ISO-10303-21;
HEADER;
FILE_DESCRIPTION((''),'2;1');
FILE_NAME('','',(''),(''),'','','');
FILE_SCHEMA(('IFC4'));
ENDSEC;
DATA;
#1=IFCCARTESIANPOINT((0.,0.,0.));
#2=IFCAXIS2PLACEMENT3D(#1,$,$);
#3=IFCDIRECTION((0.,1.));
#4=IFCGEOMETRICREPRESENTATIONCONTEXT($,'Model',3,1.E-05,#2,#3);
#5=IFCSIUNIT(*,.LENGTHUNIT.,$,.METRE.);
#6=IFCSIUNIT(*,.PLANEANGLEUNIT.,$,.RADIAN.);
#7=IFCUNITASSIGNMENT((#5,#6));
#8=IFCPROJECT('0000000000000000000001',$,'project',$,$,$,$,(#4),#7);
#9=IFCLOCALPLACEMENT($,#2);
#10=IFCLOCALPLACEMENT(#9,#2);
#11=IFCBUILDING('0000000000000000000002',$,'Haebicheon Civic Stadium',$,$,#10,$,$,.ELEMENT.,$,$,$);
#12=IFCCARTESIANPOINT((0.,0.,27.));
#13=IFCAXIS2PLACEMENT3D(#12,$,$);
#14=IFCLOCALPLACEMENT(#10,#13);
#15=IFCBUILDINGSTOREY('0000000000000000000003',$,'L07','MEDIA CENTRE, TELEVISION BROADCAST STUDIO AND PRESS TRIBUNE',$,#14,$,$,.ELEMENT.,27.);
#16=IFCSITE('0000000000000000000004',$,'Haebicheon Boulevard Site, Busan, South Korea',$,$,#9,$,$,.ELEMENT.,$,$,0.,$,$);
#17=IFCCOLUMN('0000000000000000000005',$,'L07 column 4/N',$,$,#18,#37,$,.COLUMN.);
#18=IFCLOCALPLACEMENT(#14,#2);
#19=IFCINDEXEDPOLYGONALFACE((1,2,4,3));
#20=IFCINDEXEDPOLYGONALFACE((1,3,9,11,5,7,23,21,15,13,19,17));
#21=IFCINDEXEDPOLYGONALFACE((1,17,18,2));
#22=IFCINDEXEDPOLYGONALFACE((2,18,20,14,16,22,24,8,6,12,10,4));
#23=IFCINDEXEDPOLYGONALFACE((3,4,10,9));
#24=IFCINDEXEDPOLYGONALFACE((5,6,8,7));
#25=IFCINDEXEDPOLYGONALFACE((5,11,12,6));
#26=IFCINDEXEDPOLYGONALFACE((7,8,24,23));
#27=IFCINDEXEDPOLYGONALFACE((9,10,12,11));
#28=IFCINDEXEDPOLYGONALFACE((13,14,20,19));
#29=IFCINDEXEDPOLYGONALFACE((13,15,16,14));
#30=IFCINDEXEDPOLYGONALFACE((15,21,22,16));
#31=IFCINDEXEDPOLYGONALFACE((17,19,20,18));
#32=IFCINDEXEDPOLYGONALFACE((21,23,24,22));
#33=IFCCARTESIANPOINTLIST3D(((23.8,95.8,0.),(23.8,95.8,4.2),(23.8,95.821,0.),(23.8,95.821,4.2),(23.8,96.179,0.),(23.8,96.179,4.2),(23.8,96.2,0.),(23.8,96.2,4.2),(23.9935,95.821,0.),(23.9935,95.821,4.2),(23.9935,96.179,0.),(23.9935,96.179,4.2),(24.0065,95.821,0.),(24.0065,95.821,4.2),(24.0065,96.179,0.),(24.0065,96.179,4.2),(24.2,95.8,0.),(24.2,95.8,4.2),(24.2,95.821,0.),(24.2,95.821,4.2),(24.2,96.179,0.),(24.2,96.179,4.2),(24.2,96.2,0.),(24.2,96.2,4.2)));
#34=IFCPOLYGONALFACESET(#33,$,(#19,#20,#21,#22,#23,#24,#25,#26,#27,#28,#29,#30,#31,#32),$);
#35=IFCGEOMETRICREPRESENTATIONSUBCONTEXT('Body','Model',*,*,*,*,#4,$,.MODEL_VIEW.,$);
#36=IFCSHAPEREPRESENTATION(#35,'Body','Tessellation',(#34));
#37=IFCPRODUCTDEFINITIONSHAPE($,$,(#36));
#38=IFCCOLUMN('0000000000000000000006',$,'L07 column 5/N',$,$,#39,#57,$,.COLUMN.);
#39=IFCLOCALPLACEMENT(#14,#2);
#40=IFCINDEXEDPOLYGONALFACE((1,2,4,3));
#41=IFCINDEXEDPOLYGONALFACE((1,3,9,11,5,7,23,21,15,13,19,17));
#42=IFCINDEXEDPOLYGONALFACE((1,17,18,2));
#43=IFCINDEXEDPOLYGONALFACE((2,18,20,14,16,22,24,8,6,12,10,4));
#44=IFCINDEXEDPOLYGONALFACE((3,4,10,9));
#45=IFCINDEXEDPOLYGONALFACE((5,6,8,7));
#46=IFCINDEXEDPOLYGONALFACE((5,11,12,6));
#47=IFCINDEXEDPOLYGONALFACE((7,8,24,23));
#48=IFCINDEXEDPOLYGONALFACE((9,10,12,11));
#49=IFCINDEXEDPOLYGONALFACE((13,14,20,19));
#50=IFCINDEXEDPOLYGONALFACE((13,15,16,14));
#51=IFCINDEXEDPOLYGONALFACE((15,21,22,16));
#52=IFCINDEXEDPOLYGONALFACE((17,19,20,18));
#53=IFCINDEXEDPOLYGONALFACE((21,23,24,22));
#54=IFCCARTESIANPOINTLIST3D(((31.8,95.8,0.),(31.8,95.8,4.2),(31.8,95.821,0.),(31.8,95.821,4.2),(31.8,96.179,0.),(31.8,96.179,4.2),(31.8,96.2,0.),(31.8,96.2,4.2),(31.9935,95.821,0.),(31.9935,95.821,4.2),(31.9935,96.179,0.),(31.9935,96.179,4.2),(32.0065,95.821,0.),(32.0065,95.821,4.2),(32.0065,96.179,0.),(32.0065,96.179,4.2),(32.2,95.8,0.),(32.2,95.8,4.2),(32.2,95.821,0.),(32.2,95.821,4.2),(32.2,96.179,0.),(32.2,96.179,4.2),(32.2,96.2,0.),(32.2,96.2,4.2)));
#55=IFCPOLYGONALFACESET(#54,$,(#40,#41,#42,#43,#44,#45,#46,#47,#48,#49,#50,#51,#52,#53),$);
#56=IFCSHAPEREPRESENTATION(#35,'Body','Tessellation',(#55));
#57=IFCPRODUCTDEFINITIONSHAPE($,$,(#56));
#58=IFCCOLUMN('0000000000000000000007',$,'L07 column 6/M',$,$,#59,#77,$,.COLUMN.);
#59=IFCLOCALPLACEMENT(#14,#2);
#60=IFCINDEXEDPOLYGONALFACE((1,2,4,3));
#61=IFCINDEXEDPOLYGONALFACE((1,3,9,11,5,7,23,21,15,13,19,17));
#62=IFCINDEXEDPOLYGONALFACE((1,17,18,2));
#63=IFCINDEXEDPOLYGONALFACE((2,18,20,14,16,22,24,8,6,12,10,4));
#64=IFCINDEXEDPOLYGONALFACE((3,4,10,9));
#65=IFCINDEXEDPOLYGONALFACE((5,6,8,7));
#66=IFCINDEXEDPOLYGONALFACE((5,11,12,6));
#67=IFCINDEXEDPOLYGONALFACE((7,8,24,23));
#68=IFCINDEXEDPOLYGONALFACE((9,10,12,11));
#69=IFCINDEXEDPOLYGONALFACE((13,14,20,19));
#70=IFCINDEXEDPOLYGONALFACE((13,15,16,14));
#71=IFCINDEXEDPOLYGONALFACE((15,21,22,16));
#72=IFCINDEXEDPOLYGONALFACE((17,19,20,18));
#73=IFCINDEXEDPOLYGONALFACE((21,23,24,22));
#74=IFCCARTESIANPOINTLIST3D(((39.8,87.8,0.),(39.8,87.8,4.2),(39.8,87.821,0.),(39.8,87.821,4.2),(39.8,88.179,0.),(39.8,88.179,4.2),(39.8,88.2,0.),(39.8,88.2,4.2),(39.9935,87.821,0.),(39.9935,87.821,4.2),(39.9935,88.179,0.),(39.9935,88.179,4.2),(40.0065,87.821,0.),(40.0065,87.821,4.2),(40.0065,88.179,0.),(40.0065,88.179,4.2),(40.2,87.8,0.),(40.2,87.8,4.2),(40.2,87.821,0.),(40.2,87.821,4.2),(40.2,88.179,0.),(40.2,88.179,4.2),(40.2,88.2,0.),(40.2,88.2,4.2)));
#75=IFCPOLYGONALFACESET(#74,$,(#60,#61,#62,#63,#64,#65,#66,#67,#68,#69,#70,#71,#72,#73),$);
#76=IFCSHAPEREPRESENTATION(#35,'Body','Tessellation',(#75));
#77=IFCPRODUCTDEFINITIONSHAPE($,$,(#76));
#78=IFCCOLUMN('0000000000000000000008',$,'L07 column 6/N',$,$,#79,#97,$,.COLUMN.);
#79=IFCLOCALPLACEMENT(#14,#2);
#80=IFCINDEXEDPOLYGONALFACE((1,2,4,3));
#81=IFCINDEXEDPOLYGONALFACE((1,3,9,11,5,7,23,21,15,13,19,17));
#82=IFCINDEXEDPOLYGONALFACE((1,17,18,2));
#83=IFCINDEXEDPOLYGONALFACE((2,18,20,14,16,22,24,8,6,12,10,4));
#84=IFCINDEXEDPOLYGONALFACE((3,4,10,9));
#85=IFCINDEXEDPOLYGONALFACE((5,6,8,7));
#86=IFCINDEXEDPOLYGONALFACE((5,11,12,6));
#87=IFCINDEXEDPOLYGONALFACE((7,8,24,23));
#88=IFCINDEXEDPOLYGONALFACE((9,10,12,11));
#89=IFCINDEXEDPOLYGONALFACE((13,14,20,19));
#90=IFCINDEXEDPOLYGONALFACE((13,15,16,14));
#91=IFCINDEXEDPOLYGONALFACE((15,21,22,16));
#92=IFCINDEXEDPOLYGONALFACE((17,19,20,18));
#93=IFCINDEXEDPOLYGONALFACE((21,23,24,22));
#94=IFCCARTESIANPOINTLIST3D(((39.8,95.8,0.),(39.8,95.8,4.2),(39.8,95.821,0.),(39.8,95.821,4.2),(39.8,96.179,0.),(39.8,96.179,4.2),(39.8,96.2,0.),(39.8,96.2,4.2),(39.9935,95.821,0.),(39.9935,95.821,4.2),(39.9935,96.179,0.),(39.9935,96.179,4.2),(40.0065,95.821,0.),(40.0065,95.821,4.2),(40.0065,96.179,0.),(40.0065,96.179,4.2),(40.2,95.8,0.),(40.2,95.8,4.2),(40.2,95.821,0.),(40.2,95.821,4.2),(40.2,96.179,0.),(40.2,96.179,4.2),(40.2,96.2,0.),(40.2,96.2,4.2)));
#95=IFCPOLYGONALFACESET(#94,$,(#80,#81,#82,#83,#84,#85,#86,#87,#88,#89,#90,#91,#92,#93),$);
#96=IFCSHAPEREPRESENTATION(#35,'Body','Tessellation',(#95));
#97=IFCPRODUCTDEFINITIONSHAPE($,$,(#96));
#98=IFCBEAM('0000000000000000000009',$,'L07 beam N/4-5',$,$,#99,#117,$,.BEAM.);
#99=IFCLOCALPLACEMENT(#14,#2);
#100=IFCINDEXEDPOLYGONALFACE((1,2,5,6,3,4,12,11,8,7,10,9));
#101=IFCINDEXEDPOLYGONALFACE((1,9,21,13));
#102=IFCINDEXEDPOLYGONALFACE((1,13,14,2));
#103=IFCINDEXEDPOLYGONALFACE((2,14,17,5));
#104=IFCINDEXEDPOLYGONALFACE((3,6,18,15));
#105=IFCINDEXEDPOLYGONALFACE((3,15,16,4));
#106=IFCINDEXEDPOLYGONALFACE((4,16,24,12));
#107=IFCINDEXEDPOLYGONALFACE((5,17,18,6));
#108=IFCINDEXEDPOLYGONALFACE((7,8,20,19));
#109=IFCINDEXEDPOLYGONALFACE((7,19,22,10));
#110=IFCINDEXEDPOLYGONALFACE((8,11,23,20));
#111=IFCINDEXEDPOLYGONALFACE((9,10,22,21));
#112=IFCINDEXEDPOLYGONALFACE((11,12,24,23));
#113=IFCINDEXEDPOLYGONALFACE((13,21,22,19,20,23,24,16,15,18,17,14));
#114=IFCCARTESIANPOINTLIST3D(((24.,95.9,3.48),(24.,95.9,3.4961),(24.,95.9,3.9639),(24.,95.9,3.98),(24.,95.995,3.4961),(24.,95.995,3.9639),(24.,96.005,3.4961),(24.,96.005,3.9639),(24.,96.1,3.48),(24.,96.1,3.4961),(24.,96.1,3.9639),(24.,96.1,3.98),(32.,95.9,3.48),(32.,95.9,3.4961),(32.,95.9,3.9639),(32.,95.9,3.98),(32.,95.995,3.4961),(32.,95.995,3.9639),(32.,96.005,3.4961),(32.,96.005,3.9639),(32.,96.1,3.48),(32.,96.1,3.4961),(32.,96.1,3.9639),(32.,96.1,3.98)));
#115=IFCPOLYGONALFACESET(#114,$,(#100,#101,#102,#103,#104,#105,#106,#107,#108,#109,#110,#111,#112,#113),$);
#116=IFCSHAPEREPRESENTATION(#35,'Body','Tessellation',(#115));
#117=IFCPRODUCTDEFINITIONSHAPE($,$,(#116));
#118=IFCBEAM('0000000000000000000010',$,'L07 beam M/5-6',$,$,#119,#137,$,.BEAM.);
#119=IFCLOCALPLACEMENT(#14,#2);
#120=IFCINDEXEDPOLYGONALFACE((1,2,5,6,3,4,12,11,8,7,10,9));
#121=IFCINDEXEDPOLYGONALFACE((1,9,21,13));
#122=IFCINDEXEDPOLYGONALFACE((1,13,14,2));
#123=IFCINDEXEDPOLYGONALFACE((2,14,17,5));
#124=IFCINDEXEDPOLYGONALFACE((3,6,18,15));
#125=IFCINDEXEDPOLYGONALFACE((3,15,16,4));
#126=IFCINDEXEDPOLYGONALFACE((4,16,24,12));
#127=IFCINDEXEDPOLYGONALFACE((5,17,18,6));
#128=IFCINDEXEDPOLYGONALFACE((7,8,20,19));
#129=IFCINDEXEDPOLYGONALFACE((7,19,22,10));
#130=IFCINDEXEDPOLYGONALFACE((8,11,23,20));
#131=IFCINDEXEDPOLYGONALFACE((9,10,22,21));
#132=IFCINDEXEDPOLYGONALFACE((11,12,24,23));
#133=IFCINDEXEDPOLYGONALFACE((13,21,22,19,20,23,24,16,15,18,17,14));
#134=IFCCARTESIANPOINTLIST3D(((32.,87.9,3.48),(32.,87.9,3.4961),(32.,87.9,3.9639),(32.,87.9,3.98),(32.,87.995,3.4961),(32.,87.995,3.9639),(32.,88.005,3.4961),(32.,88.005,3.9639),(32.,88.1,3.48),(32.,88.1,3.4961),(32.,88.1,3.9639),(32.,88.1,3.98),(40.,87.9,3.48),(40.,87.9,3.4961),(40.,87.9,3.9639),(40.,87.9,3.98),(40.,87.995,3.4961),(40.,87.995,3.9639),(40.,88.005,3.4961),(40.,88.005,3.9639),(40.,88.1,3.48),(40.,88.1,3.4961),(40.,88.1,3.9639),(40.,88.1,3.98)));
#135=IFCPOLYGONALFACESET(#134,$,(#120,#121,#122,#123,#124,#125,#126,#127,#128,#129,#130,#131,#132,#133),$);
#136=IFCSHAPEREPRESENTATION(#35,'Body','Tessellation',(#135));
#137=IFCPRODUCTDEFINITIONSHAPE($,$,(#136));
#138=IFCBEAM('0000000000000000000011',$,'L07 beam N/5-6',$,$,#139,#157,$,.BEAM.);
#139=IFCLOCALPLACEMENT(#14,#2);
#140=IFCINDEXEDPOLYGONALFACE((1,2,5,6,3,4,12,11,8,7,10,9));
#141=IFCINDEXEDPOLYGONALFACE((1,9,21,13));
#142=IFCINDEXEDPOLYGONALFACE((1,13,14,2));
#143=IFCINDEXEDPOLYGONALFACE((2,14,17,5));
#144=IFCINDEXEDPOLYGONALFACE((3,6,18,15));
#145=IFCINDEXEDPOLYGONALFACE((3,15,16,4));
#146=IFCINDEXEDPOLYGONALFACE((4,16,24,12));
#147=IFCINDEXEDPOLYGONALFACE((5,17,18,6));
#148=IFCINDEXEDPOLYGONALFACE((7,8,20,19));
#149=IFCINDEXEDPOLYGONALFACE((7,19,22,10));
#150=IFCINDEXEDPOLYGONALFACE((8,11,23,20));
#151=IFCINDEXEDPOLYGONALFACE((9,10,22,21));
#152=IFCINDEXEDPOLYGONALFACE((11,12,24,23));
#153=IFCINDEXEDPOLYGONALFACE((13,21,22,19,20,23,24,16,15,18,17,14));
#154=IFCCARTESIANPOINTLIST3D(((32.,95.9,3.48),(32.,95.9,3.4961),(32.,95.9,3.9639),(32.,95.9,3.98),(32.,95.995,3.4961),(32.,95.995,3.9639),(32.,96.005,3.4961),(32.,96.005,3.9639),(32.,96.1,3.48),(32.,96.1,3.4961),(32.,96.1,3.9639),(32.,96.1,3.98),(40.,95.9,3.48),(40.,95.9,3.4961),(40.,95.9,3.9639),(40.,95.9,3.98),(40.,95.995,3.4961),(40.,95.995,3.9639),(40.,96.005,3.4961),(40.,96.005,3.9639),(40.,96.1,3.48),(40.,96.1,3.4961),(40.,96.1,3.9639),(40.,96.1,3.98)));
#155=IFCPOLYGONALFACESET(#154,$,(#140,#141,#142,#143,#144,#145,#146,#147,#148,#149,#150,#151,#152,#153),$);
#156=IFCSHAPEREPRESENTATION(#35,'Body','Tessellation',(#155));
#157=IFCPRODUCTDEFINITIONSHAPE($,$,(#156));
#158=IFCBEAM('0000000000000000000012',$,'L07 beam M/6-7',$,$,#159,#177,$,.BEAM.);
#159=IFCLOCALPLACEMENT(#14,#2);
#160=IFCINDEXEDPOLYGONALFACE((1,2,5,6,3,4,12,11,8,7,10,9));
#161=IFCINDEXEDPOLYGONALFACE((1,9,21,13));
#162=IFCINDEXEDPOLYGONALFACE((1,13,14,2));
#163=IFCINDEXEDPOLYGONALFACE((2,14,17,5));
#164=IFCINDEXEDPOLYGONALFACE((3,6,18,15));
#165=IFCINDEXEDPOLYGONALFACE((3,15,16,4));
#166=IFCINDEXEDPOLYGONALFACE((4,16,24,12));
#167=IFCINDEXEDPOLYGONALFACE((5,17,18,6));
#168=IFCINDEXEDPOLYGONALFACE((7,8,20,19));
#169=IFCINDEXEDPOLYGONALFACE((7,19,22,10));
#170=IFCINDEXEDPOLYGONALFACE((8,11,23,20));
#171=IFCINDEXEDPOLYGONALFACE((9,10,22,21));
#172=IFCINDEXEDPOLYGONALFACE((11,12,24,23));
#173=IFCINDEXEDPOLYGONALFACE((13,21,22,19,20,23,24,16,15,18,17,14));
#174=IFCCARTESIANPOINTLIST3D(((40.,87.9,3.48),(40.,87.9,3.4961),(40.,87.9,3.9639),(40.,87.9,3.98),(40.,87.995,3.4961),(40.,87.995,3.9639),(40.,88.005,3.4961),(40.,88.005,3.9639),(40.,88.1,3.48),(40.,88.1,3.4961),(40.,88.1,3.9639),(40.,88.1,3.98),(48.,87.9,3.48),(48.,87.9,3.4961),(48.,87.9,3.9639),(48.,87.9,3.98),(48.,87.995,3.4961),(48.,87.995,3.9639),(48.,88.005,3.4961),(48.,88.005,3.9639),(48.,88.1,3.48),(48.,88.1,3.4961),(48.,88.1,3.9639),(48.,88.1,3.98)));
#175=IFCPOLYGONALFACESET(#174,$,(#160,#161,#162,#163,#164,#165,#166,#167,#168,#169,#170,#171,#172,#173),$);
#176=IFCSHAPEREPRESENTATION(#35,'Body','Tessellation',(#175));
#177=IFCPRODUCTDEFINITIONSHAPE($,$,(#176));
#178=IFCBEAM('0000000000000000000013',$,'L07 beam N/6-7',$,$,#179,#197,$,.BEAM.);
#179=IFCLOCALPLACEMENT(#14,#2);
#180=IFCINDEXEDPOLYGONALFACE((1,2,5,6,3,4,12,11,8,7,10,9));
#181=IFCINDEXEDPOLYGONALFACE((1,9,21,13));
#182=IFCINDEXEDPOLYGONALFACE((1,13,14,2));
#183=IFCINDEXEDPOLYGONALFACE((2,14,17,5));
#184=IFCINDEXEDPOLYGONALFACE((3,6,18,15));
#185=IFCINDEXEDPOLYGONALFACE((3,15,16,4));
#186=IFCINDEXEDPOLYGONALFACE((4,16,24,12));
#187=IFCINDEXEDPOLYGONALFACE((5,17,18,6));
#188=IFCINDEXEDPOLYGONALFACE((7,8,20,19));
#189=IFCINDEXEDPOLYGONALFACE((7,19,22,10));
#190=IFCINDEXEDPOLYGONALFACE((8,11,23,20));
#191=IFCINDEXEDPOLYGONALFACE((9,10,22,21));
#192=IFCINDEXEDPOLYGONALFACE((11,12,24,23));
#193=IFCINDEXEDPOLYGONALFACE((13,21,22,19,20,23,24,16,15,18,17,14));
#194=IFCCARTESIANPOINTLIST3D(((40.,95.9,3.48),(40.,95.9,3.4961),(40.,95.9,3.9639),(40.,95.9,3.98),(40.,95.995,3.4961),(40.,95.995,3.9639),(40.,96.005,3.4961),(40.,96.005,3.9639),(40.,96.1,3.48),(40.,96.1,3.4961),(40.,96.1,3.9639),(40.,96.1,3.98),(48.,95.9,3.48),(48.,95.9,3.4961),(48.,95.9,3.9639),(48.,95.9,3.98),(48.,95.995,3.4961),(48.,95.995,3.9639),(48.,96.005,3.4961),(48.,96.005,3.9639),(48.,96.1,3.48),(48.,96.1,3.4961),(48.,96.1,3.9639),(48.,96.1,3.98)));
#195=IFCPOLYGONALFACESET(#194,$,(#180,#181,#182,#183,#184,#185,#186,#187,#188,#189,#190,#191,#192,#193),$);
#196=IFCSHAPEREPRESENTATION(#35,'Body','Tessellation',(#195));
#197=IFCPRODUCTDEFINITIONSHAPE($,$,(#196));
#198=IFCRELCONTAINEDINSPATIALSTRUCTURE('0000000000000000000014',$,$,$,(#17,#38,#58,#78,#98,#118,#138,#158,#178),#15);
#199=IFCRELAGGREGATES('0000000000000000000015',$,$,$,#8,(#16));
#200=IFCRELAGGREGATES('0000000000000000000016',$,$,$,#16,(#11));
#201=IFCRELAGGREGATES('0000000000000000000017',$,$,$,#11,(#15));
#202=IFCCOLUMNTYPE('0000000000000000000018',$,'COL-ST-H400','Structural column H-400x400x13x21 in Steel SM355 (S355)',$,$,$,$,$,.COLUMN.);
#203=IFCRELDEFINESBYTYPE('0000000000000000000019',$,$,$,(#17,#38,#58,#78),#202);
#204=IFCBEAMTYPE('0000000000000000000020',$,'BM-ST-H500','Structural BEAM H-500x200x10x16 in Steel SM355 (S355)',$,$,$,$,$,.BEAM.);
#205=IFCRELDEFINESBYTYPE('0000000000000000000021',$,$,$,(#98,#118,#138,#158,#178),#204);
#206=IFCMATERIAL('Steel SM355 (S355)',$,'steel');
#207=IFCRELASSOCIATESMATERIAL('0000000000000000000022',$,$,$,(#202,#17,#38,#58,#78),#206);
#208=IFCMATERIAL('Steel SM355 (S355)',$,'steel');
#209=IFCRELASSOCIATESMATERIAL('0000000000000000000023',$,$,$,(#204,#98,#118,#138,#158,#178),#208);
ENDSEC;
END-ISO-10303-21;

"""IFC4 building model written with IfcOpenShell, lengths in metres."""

from ifc_helpers import new_model, si_unit, direction, frame, origin, origin_2d, place, context, subcontext, project, spatial, i_section, extrude, material, material_profile, profile_set, type_object, element, save


model = new_model("IFC4")

# Units and contexts
model_context = context("Model", 3, precision=1e-05, world=origin(), true_north=direction((0.0, 1.0)))
body_context = subcontext(model_context, "Body", "Model", "MODEL_VIEW")
ifc_project = project(units=[si_unit("LENGTHUNIT", "METRE"), si_unit("PLANEANGLEUNIT", "RADIAN")], contexts=[model_context])

# Site, building, storey
site_placement = place(None, origin())
site = spatial("IfcSite", under=ifc_project, at=site_placement, Name="Haebicheon Boulevard Site, Busan, South Korea", CompositionType="ELEMENT", RefElevation=0.0)
building_placement = place(site_placement, origin())
building = spatial("IfcBuilding", under=site, at=building_placement, Name="Haebicheon Civic Stadium", CompositionType="ELEMENT")
storey_placement = place(building_placement, frame((0.0, 0.0, 27.0)))
storey = spatial("IfcBuildingStorey", under=building, at=storey_placement, Name="L07", Description="MEDIA CENTRE, TELEVISION BROADCAST STUDIO AND PRESS TRIBUNE", CompositionType="ELEMENT", Elevation=27.0)

# Columns
ifc_material_1 = material(Name="Steel SM355 (S355)", Category="steel")
ifc_material_profile_1 = material_profile(ifc_material_1, i_section(OverallWidth=0.3999, OverallDepth=0.3999, WebThickness=0.0129, FlangeThickness=0.021, at=origin_2d()), Name="H-400x400x13x21")
ifc_profile_set_1 = profile_set([ifc_material_profile_1], Name="Steel SM355 (S355)")
column_type = type_object("IfcColumnType", Name="COL-ST-H400", Description="Structural column H-400x400x13x21 in Steel SM355 (S355)", PredefinedType="COLUMN", material=ifc_profile_set_1)
for number, where, z_axis, x_axis, name in (
    (1, (24.0, 96.0, 0.0), (0.0, 0.0, 1.0), (1.0, 0.0, 0.0), "L07 column 4/N"),
    (2, (32.0, 96.0, 0.0), (0.0, 0.0, 1.0), (1.0, 0.0, 0.0), "L07 column 5/N"),
    (3, (40.0, 88.0, 0.0), (0.0, 0.0, 1.0), (1.0, 0.0, 0.0), "L07 column 6/M"),
    (4, (40.0, 96.0, 0.0), (0.0, 0.0, 1.0), (1.0, 0.0, 0.0), "L07 column 6/N"),
):
    element("IfcColumn", number, at=place(storey_placement, frame(where, z_axis=z_axis, x_axis=x_axis)), inside=storey, type_object=column_type, material=ifc_profile_set_1, Name=name, PredefinedType="COLUMN", context=body_context, shape_type="SweptSolid", body=[
        extrude(i_section(OverallWidth=0.3999, OverallDepth=0.3999, WebThickness=0.0129, FlangeThickness=0.021, at=origin_2d()), origin(), (0.0, 0.0, 1.0), 4.2),
    ])

# Beams
ifc_material_2 = material(Name="Steel SM355 (S355)", Category="steel")
ifc_material_profile_2 = material_profile(ifc_material_2, i_section(OverallWidth=0.2, OverallDepth=0.5, WebThickness=0.01, FlangeThickness=0.0161, at=origin_2d()), Name="H-500x200x10x16")
ifc_profile_set_2 = profile_set([ifc_material_profile_2], Name="Steel SM355 (S355)")
beam_type_1 = type_object("IfcBeamType", Name="BM-ST-H500", Description="Structural BEAM H-500x200x10x16 in Steel SM355 (S355)", PredefinedType="BEAM", material=ifc_profile_set_2)
for number, where, z_axis, x_axis, name in (
    (5, (24.0, 96.0, 3.73), (1.0, 0.0, 0.0), (0.0, 1.0, 0.0), "L07 beam N/4-5"),
    (6, (32.0, 88.0, 3.73), (1.0, 0.0, 0.0), (0.0, 1.0, 0.0), "L07 beam M/5-6"),
    (7, (32.0, 96.0, 3.73), (1.0, 0.0, 0.0), (0.0, 1.0, 0.0), "L07 beam N/5-6"),
    (8, (40.0, 88.0, 3.73), (1.0, 0.0, 0.0), (0.0, 1.0, 0.0), "L07 beam M/6-7"),
    (9, (40.0, 96.0, 3.73), (1.0, 0.0, 0.0), (0.0, 1.0, 0.0), "L07 beam N/6-7"),
):
    element("IfcBeam", number, at=place(storey_placement, frame(where, z_axis=z_axis, x_axis=x_axis)), inside=storey, type_object=beam_type_1, material=ifc_profile_set_2, Name=name, PredefinedType="BEAM", context=body_context, shape_type="SweptSolid", body=[
        extrude(i_section(OverallWidth=0.2, OverallDepth=0.5, WebThickness=0.01, FlangeThickness=0.0161, at=origin_2d()), origin(), (0.0, 0.0, 1.0), 8.0),
    ])

save(model, "model.ifc")
